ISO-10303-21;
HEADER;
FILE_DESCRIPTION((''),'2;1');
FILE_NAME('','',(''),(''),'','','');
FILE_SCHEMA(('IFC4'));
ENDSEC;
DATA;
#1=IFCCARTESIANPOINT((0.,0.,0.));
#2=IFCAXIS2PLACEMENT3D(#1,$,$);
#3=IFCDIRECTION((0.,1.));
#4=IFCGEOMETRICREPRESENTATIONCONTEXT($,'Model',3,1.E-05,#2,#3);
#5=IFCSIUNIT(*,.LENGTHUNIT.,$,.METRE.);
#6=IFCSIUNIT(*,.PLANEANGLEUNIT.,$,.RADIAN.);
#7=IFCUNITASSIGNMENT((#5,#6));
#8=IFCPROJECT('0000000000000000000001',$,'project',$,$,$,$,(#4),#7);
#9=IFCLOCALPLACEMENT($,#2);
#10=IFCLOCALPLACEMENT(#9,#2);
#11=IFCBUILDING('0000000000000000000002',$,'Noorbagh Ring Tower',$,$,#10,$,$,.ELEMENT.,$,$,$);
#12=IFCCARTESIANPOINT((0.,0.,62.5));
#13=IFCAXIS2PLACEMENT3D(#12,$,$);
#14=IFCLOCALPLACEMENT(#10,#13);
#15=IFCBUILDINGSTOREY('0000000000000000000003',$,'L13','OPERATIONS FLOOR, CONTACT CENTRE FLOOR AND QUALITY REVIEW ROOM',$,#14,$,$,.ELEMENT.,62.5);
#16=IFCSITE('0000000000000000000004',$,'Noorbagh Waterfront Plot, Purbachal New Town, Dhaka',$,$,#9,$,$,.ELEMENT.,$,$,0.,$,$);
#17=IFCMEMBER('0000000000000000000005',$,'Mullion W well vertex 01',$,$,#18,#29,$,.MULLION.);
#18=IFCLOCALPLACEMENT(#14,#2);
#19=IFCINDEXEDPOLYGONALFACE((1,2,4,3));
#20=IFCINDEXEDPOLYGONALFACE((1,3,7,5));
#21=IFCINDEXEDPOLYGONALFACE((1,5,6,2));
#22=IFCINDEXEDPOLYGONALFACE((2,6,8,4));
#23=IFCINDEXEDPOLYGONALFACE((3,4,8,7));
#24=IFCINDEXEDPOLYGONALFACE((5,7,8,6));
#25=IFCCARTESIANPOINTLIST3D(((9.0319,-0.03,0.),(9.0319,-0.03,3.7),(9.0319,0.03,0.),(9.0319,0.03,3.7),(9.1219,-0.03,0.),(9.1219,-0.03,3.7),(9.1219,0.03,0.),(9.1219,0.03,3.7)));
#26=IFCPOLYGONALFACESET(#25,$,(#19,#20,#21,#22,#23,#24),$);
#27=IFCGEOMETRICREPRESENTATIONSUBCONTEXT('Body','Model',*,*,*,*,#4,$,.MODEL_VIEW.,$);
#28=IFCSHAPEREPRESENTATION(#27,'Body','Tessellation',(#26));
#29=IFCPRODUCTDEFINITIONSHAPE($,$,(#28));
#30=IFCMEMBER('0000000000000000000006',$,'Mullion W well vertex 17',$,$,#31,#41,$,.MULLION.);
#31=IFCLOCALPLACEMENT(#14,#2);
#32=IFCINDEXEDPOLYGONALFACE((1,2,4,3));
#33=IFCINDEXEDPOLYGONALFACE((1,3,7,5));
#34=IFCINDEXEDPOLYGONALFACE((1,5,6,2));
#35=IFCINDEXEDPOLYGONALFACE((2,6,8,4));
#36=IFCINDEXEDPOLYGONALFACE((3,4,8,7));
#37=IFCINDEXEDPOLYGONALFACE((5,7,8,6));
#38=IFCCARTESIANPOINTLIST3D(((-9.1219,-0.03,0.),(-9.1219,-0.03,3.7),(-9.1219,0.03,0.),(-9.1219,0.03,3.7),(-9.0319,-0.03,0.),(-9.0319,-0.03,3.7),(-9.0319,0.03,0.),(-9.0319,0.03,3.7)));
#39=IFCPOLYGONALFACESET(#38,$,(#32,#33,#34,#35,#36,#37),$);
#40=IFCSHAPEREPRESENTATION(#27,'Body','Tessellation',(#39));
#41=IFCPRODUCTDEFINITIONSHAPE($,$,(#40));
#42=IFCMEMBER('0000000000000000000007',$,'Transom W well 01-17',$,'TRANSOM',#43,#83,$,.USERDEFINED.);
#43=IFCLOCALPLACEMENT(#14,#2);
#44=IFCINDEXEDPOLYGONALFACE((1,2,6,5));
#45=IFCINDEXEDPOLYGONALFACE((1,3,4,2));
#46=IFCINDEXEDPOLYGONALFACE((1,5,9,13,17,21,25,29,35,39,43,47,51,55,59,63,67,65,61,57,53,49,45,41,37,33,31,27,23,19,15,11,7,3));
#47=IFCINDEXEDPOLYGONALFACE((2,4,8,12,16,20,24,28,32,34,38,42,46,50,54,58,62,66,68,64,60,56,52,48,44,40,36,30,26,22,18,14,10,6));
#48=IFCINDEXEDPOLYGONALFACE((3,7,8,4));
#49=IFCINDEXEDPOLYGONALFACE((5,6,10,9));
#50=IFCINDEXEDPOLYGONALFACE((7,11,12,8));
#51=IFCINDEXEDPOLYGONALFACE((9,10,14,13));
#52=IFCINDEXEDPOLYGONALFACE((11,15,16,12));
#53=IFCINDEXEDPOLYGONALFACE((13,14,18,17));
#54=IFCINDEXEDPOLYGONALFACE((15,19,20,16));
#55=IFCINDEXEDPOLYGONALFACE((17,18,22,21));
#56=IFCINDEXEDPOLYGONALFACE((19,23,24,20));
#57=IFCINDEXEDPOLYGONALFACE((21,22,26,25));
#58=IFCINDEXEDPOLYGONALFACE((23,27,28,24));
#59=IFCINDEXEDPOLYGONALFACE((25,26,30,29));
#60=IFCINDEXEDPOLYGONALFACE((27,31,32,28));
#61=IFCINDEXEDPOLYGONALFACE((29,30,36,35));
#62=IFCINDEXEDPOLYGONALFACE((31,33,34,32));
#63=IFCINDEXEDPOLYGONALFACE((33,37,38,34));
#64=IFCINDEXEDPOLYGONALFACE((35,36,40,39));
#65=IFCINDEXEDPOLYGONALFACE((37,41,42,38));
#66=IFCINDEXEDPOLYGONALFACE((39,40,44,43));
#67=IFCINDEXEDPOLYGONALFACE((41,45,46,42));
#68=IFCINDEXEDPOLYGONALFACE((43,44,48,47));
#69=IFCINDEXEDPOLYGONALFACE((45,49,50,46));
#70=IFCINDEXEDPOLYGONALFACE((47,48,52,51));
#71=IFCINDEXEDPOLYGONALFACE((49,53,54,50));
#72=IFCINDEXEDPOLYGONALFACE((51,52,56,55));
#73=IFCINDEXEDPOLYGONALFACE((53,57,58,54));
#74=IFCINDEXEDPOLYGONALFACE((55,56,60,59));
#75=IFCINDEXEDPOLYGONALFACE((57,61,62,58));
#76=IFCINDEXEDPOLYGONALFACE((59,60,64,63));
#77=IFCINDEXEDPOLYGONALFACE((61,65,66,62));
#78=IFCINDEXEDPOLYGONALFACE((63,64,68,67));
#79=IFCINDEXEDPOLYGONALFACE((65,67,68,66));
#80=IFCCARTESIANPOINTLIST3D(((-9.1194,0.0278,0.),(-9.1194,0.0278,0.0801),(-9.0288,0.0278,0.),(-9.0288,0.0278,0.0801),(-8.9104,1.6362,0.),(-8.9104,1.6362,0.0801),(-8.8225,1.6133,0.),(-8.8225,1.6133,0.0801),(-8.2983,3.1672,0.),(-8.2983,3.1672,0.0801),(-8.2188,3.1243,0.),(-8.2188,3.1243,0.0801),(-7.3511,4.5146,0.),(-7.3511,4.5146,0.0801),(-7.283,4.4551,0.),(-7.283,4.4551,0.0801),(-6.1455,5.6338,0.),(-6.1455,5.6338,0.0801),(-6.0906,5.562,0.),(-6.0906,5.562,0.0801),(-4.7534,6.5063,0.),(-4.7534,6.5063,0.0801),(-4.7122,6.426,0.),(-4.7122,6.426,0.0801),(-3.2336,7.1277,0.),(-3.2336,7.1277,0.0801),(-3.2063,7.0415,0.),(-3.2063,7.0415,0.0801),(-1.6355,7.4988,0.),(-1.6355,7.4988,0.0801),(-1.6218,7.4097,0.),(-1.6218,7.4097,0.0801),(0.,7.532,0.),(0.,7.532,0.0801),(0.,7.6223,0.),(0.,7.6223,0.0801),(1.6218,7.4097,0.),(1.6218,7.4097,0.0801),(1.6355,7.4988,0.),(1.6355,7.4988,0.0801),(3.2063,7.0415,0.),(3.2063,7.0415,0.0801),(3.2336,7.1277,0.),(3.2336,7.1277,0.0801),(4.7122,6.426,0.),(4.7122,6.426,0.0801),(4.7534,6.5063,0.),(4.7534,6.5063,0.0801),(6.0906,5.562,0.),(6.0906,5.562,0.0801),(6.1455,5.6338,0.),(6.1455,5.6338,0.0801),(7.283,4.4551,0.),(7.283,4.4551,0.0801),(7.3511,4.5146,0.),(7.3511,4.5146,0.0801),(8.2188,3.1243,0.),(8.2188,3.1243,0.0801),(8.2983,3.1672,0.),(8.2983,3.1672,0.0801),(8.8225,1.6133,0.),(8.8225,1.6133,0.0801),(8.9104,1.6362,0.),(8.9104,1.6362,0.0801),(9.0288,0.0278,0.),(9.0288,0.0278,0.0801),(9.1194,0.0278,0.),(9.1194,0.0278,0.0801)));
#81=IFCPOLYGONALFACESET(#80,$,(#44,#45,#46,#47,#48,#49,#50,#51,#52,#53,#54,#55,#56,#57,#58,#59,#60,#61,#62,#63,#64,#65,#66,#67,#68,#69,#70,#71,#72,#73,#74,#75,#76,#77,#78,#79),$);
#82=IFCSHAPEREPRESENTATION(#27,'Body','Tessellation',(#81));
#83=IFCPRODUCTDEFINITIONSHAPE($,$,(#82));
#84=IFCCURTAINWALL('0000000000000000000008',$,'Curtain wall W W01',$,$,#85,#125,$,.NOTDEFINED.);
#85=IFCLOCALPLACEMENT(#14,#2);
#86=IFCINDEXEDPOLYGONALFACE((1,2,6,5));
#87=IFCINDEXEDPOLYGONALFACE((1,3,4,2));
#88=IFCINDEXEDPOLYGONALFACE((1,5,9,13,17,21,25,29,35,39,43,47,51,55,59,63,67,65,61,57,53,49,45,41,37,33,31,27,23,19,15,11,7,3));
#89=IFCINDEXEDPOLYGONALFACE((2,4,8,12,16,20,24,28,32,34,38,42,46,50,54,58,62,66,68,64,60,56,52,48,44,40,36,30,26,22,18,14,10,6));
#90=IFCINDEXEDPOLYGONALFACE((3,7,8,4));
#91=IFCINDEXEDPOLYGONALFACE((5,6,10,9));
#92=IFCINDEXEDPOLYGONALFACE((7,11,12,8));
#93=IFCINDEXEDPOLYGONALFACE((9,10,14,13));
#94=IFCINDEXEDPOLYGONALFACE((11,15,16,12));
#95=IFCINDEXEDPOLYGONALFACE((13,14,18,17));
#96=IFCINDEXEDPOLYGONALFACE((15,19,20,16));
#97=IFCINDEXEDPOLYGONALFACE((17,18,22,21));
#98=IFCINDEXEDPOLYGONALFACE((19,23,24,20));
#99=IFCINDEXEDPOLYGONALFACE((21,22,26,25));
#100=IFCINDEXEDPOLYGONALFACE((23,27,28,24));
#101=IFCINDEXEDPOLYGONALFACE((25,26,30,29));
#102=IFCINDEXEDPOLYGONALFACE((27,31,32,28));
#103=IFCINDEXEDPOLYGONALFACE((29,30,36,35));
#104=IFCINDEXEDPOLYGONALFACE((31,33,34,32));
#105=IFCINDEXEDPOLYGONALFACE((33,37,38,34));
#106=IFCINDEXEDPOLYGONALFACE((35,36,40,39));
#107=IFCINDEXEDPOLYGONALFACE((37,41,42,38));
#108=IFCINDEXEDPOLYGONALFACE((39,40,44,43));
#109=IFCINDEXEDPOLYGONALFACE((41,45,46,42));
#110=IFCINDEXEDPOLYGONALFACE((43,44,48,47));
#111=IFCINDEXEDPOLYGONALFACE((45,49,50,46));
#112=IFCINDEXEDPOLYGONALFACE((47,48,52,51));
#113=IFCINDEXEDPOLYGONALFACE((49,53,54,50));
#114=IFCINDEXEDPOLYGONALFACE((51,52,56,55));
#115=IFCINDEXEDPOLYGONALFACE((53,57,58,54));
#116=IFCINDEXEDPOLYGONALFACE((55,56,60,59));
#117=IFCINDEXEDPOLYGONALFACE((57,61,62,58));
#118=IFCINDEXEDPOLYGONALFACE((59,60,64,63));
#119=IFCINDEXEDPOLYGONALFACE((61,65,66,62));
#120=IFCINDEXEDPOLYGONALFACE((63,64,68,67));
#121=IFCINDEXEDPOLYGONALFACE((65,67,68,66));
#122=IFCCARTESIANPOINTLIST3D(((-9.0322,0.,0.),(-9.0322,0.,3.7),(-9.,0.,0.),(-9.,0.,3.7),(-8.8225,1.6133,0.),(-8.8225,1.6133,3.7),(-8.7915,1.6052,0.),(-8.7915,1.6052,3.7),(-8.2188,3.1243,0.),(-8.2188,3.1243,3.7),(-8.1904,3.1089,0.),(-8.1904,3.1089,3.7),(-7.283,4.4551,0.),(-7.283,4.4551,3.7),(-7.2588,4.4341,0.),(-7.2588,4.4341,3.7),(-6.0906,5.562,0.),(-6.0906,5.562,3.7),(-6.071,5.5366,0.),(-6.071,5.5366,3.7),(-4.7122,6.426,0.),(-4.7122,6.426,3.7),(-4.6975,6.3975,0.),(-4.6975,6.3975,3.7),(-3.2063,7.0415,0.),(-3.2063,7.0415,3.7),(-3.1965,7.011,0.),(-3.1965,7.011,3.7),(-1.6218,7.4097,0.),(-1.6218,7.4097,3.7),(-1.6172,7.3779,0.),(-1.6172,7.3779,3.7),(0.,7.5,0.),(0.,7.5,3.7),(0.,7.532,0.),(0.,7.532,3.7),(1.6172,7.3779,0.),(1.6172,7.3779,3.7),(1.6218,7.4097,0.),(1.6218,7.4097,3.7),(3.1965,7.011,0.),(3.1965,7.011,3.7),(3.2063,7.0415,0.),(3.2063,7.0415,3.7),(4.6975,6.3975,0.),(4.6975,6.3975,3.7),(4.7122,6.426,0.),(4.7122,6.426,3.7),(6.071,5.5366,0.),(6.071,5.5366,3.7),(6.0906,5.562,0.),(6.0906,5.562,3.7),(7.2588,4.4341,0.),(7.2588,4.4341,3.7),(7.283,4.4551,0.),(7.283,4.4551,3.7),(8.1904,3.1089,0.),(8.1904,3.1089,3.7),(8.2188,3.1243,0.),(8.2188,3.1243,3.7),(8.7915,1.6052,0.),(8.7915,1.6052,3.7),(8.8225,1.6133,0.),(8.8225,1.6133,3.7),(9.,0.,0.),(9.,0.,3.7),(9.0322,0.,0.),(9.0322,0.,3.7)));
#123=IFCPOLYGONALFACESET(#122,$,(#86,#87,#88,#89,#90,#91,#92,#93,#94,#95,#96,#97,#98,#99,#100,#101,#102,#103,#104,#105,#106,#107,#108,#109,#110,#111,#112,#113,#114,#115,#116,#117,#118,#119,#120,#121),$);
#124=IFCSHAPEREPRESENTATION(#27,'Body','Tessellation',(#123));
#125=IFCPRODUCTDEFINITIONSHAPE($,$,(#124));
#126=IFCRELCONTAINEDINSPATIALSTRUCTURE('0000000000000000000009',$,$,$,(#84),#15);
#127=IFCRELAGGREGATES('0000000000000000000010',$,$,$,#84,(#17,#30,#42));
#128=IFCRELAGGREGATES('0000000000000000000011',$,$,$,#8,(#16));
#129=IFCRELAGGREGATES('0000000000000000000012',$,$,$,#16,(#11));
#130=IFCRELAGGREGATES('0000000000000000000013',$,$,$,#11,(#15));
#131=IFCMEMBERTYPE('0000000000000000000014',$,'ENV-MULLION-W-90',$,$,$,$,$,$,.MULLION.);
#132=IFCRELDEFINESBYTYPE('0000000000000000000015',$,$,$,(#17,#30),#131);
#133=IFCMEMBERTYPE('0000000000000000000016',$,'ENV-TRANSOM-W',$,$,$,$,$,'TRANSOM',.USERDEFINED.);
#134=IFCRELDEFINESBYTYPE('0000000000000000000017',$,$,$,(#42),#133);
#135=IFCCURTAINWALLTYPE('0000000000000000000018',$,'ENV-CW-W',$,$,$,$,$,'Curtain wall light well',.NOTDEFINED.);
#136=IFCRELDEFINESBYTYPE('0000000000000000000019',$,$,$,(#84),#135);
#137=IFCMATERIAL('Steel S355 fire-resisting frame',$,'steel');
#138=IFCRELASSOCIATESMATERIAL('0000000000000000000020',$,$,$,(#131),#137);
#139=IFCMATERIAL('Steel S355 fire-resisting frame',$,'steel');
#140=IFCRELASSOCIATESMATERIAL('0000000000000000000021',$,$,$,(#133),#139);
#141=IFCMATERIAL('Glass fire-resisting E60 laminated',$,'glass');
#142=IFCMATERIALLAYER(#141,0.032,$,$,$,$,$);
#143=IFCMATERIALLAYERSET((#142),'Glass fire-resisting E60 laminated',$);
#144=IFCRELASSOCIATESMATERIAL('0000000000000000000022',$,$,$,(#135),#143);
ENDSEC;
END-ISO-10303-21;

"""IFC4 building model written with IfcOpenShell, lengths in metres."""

from ifc_helpers import new_model, si_unit, direction, frame, origin, origin_2d, place, context, subcontext, project, spatial, polyline, rectangle, outline, extrude, material, layer, layer_set, material_profile, profile_set, type_object, element, aggregate, save


model = new_model("IFC4")

# Units and contexts
model_context = context("Model", 3, precision=1e-05, world=origin(), true_north=direction((0.0, 1.0)))
body_context = subcontext(model_context, "Body", "Model", "MODEL_VIEW")
ifc_project = project(units=[si_unit("LENGTHUNIT", "METRE"), si_unit("PLANEANGLEUNIT", "RADIAN")], contexts=[model_context])

# Members
site_placement = place(None, origin())
building_placement = place(site_placement, origin())
storey_placement = place(building_placement, frame((0.0, 0.0, 62.5)))
ifc_material_1 = material(Name="Steel S355 fire-resisting frame", Category="steel")
ifc_material_profile_1 = material_profile(ifc_material_1, rectangle(XDim=0.0901, YDim=0.0601, at=origin_2d()), Name="90x60")
ifc_profile_set_1 = profile_set([ifc_material_profile_1], Name="Steel S355 fire-resisting frame")
member_type_1 = type_object("IfcMemberType", Name="ENV-MULLION-W-90", PredefinedType="MULLION", material=ifc_profile_set_1)
member_1_placement = place(storey_placement, frame((9.0769, 0.0, 0.0), z_axis=(0.0, 0.0, 1.0), x_axis=(1.0, 0.0, 0.0)))
member_1 = element("IfcMember", 1, at=member_1_placement, type_object=member_type_1, Name="Mullion W well vertex 01", PredefinedType="MULLION", context=body_context, shape_type="SweptSolid", body=[
    extrude(rectangle(XDim=0.0901, YDim=0.0601, at=origin_2d()), origin(), (0.0, 0.0, 1.0), 3.7),
])
member_2_placement = place(storey_placement, frame((-9.0769, 0.0, 0.0), z_axis=(0.0, 0.0, 1.0), x_axis=(-1.0, 0.0, 0.0)))
member_2 = element("IfcMember", 2, at=member_2_placement, type_object=member_type_1, Name="Mullion W well vertex 17", PredefinedType="MULLION", context=body_context, shape_type="SweptSolid", body=[
    extrude(rectangle(XDim=0.0901, YDim=0.0601, at=origin_2d()), origin(), (0.0, 0.0, 1.0), 3.7),
])
ifc_material_2 = material(Name="Steel S355 fire-resisting frame", Category="steel")
member_type_2 = type_object("IfcMemberType", Name="ENV-TRANSOM-W", ElementType="TRANSOM", PredefinedType="USERDEFINED", material=ifc_material_2)
member_3_placement = place(storey_placement, origin())
member_3 = element("IfcMember", 3, at=member_3_placement, type_object=member_type_2, Name="Transom W well 01-17", ObjectType="TRANSOM", PredefinedType="USERDEFINED", context=body_context, shape_type="SweptSolid", body=[
    extrude(outline(polyline([(9.1194, 0.0278), (8.9104, 1.6362), (8.2983, 3.1672), (7.3511, 4.5146), (6.1455, 5.6338), (4.7534, 6.5063), (3.2336, 7.1277), (1.6355, 7.4988), (0.0, 7.6223), (-1.6355, 7.4988), (-3.2336, 7.1277), (-4.7534, 6.5063), (-6.1455, 5.6338), (-7.3511, 4.5146), (-8.2983, 3.1672), (-8.9104, 1.6362), (-9.1194, 0.0278), (-9.0288, 0.0278), (-8.8225, 1.6133), (-8.2188, 3.1243), (-7.283, 4.4551), (-6.0906, 5.562), (-4.7122, 6.426), (-3.2063, 7.0415), (-1.6218, 7.4097), (0.0, 7.532), (1.6218, 7.4097), (3.2063, 7.0415), (4.7122, 6.426), (6.0906, 5.562), (7.283, 4.4551), (8.2188, 3.1243), (8.8225, 1.6133), (9.0288, 0.0278), (9.1194, 0.0278)])), origin(), (0.0, 0.0, 1.0), 0.0801),
])

# Site, building, storey
site = spatial("IfcSite", under=ifc_project, at=site_placement, Name="Noorbagh Waterfront Plot, Purbachal New Town, Dhaka", CompositionType="ELEMENT", RefElevation=0.0)
building = spatial("IfcBuilding", under=site, at=building_placement, Name="Noorbagh Ring Tower", CompositionType="ELEMENT")
storey = spatial("IfcBuildingStorey", under=building, at=storey_placement, Name="L13", Description="OPERATIONS FLOOR, CONTACT CENTRE FLOOR AND QUALITY REVIEW ROOM", CompositionType="ELEMENT", Elevation=62.5)

# Curtain wall
ifc_material_3 = material(Name="Glass fire-resisting E60 laminated", Category="glass")
ifc_layer_1 = layer(ifc_material_3, 0.032)
ifc_layer_set_1 = layer_set([ifc_layer_1], Name="Glass fire-resisting E60 laminated")
curtain_wall_type_1 = type_object("IfcCurtainWallType", Name="ENV-CW-W", ElementType="Curtain wall light well", PredefinedType="NOTDEFINED", material=ifc_layer_set_1)
curtain_wall_1_placement = place(storey_placement, origin())
curtain_wall_1 = element("IfcCurtainWall", 4, at=curtain_wall_1_placement, inside=storey, type_object=curtain_wall_type_1, Name="Curtain wall W W01", PredefinedType="NOTDEFINED", context=body_context, shape_type="SweptSolid", body=[
    extrude(outline(polyline([(9.0322, 0.0), (8.8225, 1.6133), (8.2188, 3.1243), (7.283, 4.4551), (6.0906, 5.562), (4.7122, 6.426), (3.2063, 7.0415), (1.6218, 7.4097), (0.0, 7.532), (-1.6218, 7.4097), (-3.2063, 7.0415), (-4.7122, 6.426), (-6.0906, 5.562), (-7.283, 4.4551), (-8.2188, 3.1243), (-8.8225, 1.6133), (-9.0322, 0.0), (-9.0, 0.0), (-8.7915, 1.6052), (-8.1904, 3.1089), (-7.2588, 4.4341), (-6.071, 5.5366), (-4.6975, 6.3975), (-3.1965, 7.011), (-1.6172, 7.3779), (0.0, 7.5), (1.6172, 7.3779), (3.1965, 7.011), (4.6975, 6.3975), (6.071, 5.5366), (7.2588, 4.4341), (8.1904, 3.1089), (8.7915, 1.6052), (9.0, 0.0), (9.0322, 0.0)])), origin(), (0.0, 0.0, 1.0), 3.7),
])
aggregate(curtain_wall_1, [member_1, member_2, member_3])

save(model, "model.ifc")
